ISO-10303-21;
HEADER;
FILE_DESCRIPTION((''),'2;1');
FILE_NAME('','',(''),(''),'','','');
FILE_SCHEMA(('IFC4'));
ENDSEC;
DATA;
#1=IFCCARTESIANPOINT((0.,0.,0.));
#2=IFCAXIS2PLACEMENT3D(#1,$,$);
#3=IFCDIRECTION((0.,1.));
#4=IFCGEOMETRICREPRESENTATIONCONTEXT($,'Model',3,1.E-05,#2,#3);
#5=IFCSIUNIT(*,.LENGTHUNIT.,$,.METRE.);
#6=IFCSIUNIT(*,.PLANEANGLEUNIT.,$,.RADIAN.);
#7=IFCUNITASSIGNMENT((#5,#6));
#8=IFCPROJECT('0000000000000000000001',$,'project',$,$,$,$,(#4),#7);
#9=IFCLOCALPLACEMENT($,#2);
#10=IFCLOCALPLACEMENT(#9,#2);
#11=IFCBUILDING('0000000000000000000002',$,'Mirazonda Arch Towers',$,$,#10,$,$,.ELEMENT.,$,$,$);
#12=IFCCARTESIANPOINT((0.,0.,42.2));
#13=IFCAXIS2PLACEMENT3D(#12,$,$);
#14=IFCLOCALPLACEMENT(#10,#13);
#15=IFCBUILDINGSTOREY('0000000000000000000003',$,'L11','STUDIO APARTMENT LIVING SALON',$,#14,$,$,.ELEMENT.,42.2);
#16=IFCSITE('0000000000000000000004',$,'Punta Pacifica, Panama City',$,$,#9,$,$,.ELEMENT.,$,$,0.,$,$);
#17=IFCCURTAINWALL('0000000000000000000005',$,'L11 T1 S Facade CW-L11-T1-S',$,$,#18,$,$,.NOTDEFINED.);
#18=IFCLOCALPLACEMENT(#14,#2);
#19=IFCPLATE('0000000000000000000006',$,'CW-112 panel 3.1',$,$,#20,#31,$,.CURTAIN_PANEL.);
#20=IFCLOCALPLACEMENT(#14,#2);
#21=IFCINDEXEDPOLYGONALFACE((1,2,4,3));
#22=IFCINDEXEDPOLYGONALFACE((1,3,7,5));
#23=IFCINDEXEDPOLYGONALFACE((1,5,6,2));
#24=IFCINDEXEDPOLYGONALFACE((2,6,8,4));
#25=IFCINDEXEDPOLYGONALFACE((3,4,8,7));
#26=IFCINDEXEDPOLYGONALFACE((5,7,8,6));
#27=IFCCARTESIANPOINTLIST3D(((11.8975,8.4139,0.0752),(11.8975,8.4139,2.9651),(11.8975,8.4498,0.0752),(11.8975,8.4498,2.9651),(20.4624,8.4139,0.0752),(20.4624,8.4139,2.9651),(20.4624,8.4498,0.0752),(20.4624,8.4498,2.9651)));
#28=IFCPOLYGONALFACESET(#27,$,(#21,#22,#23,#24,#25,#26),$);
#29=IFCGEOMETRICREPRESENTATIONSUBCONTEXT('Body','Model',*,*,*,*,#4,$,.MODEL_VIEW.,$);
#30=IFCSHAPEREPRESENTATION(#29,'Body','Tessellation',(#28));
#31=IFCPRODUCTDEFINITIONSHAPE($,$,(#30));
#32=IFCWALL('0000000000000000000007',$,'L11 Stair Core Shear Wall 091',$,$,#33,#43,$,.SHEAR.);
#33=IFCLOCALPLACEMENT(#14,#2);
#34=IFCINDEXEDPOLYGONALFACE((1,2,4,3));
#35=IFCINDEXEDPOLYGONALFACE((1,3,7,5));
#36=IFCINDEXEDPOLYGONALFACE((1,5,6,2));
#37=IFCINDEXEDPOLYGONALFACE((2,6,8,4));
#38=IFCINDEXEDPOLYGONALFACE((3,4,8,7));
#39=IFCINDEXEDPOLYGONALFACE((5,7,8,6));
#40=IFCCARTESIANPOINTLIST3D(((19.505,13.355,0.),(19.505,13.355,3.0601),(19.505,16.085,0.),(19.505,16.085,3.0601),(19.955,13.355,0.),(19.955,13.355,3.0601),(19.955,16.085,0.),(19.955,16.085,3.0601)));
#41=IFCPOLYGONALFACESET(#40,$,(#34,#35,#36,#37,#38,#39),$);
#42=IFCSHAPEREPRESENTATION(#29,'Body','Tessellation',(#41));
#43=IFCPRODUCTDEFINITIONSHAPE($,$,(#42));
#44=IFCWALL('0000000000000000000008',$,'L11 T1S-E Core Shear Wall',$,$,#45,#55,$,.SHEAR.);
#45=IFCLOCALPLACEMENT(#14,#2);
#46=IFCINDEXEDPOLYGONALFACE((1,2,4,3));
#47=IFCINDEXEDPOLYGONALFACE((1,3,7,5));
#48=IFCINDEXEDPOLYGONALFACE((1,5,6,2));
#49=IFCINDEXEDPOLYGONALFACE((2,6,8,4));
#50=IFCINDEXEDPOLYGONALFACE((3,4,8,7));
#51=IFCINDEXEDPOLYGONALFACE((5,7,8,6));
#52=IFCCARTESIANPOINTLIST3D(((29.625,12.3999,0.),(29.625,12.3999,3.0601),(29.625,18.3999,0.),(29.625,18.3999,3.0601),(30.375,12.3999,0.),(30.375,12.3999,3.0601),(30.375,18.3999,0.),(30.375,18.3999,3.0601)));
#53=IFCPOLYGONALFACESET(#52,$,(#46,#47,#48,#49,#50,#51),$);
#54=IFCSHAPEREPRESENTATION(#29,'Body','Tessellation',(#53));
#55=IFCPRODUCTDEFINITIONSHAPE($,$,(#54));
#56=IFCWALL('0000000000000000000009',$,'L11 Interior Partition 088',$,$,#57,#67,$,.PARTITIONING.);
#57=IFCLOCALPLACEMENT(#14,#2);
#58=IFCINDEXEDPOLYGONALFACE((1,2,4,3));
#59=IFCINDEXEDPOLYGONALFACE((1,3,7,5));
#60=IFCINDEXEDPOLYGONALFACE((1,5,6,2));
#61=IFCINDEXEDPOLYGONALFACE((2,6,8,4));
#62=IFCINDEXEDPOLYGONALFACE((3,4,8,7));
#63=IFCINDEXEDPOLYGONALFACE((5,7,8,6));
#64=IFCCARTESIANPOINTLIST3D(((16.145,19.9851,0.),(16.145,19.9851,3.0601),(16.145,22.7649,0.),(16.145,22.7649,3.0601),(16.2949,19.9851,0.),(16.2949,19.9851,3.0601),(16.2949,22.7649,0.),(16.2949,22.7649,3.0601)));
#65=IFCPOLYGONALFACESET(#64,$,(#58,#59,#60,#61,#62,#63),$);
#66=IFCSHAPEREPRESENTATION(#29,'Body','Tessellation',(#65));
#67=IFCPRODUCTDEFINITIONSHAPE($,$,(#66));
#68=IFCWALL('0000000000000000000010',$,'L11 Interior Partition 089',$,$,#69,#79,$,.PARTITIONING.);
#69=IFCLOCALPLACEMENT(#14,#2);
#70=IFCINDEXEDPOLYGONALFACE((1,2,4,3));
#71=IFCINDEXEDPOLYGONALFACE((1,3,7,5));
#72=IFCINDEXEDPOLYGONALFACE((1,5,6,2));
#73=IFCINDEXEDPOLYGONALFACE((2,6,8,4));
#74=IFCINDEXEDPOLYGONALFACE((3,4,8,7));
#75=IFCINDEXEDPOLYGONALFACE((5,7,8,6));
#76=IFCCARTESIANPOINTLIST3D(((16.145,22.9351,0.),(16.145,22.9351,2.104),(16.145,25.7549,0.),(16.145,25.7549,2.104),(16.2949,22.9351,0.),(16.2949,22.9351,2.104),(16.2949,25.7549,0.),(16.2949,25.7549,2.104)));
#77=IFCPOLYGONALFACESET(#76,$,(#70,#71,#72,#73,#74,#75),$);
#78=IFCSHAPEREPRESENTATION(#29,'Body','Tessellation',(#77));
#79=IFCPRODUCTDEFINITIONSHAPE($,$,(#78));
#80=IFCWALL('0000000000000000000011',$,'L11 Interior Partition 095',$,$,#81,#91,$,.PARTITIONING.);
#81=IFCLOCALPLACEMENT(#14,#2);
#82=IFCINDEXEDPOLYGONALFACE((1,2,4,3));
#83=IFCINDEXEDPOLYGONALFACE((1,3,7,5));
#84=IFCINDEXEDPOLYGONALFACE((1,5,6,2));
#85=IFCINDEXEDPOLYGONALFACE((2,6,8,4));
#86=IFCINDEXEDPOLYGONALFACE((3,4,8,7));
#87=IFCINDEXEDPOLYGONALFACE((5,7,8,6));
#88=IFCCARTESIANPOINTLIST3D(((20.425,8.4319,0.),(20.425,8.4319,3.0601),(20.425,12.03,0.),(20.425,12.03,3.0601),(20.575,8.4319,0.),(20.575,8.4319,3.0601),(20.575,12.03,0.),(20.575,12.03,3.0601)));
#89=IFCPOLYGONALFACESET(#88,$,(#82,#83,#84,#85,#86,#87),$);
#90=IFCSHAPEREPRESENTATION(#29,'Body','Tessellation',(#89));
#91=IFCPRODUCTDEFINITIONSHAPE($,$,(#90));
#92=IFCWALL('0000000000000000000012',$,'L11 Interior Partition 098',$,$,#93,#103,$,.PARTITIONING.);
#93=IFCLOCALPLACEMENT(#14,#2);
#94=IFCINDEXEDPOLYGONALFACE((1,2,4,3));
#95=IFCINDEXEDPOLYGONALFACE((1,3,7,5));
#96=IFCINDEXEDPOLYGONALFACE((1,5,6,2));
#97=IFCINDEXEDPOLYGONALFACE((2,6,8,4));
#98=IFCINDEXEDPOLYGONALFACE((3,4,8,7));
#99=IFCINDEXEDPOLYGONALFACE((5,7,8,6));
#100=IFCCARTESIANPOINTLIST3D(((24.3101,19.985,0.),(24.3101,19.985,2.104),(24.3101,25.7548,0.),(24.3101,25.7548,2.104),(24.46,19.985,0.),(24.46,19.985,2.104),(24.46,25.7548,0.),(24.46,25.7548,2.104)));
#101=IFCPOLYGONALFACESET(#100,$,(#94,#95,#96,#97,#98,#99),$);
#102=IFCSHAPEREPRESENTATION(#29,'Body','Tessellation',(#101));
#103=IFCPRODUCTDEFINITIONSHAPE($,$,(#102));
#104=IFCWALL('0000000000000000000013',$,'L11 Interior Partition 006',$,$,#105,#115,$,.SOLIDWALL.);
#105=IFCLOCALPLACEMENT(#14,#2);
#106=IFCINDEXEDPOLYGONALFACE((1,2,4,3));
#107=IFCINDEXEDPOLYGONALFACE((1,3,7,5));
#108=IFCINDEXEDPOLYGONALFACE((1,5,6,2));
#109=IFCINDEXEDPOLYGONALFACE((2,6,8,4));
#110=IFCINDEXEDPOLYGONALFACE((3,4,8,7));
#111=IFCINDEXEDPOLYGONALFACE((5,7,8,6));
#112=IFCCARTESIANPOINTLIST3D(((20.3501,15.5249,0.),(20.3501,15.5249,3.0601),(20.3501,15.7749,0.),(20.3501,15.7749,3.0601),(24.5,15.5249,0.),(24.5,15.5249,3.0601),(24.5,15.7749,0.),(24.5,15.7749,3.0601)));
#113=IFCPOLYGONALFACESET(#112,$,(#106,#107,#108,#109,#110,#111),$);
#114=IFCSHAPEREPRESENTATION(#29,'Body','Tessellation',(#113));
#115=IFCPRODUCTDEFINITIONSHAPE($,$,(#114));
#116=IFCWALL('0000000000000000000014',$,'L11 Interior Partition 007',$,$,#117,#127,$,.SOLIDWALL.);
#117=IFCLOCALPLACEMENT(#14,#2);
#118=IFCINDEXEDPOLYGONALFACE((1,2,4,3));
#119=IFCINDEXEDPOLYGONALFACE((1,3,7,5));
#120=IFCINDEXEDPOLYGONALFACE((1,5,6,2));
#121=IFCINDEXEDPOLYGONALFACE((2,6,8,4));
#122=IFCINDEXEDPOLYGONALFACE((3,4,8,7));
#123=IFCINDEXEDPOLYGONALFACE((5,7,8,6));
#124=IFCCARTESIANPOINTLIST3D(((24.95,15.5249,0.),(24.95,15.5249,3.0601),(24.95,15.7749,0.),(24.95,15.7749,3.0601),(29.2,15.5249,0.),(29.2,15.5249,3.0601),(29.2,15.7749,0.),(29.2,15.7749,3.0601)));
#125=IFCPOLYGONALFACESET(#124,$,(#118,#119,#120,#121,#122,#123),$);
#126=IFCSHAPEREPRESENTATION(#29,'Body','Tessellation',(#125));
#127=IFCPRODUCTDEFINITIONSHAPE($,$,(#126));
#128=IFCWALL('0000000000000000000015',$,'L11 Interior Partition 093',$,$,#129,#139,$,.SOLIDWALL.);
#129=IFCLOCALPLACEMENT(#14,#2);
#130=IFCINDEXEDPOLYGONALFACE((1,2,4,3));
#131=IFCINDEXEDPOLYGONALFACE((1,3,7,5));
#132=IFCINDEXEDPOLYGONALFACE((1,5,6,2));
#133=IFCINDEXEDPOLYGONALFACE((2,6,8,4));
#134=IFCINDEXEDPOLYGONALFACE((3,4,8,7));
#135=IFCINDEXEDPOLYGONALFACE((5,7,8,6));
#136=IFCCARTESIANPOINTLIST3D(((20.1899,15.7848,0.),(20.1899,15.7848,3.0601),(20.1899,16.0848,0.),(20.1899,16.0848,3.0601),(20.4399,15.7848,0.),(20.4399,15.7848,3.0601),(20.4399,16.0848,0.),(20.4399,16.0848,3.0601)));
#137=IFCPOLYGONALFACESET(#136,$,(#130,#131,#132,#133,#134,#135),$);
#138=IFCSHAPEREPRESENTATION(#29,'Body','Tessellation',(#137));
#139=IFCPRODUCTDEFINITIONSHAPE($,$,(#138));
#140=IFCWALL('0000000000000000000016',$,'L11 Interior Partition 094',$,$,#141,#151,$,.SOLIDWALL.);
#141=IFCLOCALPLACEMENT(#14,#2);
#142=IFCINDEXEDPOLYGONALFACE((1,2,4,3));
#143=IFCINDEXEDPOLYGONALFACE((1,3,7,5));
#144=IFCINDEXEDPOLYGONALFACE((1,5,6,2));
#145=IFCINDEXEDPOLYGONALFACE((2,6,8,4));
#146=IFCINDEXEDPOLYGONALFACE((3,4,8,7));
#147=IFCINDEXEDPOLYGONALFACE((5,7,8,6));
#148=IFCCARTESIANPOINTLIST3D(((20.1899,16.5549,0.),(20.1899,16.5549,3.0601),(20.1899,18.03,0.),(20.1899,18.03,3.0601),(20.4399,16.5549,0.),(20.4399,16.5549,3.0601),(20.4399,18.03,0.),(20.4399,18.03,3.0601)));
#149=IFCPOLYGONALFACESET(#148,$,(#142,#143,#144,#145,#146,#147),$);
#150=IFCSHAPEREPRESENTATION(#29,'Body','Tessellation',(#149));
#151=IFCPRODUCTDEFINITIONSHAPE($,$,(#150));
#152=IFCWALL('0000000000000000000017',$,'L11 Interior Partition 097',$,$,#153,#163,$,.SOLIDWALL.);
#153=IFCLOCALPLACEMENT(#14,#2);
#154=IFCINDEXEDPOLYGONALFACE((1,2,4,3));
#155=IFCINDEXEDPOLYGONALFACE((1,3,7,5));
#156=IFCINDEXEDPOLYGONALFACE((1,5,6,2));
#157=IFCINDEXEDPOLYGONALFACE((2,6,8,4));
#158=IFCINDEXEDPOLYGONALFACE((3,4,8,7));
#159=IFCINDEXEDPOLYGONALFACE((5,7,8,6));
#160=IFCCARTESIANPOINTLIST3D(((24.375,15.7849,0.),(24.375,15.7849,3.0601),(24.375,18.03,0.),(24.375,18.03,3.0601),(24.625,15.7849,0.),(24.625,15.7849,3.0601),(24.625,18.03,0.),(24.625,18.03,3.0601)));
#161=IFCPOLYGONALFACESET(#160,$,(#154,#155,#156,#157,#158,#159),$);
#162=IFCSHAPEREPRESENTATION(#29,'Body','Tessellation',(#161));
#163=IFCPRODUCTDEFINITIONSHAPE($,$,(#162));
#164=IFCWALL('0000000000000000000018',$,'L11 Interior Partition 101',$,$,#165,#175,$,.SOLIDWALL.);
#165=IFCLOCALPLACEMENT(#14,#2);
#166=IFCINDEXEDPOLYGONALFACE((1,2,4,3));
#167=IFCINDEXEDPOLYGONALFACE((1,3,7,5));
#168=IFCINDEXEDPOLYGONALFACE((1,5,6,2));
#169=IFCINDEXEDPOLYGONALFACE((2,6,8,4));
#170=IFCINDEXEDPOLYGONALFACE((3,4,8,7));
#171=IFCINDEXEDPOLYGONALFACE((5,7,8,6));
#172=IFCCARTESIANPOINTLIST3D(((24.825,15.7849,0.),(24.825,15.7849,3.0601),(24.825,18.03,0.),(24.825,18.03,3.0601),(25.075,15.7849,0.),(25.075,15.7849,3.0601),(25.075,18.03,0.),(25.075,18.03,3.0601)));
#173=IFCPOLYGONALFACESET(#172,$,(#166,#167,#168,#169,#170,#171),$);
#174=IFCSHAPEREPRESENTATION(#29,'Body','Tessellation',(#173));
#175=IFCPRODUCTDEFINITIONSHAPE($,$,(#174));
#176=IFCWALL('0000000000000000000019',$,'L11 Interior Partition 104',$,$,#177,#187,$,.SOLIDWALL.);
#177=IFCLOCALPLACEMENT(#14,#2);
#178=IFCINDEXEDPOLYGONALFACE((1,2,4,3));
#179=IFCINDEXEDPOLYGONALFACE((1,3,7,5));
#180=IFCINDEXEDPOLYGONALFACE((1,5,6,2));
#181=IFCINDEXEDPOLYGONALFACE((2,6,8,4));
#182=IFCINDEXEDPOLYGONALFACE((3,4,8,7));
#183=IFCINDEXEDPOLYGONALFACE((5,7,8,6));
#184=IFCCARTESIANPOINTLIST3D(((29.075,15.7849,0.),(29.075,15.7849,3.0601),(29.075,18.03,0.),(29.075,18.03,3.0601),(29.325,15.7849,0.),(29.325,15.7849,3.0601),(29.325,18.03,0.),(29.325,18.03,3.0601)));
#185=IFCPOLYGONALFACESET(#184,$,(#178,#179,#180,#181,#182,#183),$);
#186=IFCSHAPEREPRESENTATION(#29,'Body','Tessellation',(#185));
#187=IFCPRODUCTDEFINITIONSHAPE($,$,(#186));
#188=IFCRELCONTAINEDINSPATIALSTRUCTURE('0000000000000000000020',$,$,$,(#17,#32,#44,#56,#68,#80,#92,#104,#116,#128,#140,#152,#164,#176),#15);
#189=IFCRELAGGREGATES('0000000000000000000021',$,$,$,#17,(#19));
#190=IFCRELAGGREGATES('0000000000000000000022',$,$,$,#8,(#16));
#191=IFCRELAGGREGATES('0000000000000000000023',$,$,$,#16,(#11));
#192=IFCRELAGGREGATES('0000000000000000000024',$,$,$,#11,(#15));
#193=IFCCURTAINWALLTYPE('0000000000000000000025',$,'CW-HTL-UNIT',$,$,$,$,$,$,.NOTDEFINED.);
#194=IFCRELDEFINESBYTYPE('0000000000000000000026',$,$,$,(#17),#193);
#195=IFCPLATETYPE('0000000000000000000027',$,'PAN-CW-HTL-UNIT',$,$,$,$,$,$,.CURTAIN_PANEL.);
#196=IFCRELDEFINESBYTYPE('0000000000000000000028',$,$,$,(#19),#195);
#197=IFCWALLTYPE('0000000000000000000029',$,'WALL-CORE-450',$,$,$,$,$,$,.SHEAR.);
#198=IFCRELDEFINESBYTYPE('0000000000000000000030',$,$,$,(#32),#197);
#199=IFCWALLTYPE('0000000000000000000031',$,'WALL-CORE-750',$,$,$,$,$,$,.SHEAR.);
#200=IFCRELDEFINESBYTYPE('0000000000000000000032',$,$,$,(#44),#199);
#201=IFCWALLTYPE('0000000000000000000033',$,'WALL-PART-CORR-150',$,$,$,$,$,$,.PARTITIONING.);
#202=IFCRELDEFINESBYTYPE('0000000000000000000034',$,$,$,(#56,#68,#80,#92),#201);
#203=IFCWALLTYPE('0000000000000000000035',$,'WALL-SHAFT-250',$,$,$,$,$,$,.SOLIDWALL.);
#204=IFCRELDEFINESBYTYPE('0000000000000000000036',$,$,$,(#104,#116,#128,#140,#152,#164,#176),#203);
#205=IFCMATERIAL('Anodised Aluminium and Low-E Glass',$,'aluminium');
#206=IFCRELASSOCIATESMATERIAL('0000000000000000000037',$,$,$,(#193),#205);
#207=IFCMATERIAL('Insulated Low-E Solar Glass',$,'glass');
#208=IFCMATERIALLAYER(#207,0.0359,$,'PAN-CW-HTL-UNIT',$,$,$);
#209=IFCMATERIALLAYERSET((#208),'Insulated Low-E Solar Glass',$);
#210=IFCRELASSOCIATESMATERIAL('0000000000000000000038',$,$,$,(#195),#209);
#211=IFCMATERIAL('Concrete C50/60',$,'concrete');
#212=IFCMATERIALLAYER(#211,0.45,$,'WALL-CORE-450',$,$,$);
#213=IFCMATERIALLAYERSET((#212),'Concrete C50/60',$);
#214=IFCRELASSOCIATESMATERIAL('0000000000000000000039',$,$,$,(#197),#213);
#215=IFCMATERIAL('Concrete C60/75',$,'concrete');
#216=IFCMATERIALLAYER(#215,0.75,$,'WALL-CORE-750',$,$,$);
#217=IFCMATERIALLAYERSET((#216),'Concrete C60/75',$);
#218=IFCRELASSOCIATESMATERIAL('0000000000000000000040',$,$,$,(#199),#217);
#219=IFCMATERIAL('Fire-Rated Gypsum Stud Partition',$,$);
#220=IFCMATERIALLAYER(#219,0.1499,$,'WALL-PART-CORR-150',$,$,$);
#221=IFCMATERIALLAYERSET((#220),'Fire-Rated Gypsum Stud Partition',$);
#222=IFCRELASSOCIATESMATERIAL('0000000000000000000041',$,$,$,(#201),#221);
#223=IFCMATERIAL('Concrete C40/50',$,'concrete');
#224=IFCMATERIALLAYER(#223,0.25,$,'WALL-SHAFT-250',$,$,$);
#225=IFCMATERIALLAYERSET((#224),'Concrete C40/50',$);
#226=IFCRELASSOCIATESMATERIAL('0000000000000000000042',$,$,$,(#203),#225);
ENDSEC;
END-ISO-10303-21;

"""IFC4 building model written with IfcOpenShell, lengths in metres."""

from ifc_helpers import new_model, si_unit, direction, frame, frame_2d, origin, origin_2d, place, context, subcontext, project, spatial, rectangle, extrude, material, layer, layer_set, type_object, element, aggregate, save


model = new_model("IFC4")

# Units and contexts
model_context = context("Model", 3, precision=1e-05, world=origin(), true_north=direction((0.0, 1.0)))
body_context = subcontext(model_context, "Body", "Model", "MODEL_VIEW")
ifc_project = project(units=[si_unit("LENGTHUNIT", "METRE"), si_unit("PLANEANGLEUNIT", "RADIAN")], contexts=[model_context])

# Site, building, storey
site_placement = place(None, origin())
site = spatial("IfcSite", under=ifc_project, at=site_placement, Name="Punta Pacifica, Panama City", CompositionType="ELEMENT", RefElevation=0.0)
building_placement = place(site_placement, origin())
building = spatial("IfcBuilding", under=site, at=building_placement, Name="Mirazonda Arch Towers", CompositionType="ELEMENT")
storey_placement = place(building_placement, frame((0.0, 0.0, 42.2)))
storey = spatial("IfcBuildingStorey", under=building, at=storey_placement, Name="L11", Description="STUDIO APARTMENT LIVING SALON", CompositionType="ELEMENT", Elevation=42.2)

# Shared definitions
ifc_material_1 = material(Name="Concrete C60/75", Category="concrete")

# Curtain wall, plate
ifc_material_2 = material(Name="Anodised Aluminium and Low-E Glass", Category="aluminium")
curtain_wall_type = type_object("IfcCurtainWallType", Name="CW-HTL-UNIT", PredefinedType="NOTDEFINED", material=ifc_material_2)
curtain_wall_placement = place(storey_placement, origin())
curtain_wall = element("IfcCurtainWall", 1, at=curtain_wall_placement, inside=storey, type_object=curtain_wall_type, Name="L11 T1 S Facade CW-L11-T1-S", PredefinedType="NOTDEFINED")
ifc_material_3 = material(Name="Insulated Low-E Solar Glass", Category="glass")
ifc_layer_1 = layer(ifc_material_3, 0.0359, Name="PAN-CW-HTL-UNIT")
ifc_layer_set_1 = layer_set([ifc_layer_1], Name="Insulated Low-E Solar Glass")
plate_type = type_object("IfcPlateType", Name="PAN-CW-HTL-UNIT", PredefinedType="CURTAIN_PANEL", material=ifc_layer_set_1)
plate_1_placement = place(storey_placement, frame((16.1799, 8.4319, 0.0752), z_axis=(0.0, 0.0, 1.0), x_axis=(-1.0, 0.0, 0.0)))
plate_1 = element("IfcPlate", 2, at=plate_1_placement, type_object=plate_type, Name="CW-112 panel 3.1", PredefinedType="CURTAIN_PANEL", context=body_context, shape_type="SweptSolid", body=[
    extrude(rectangle(XDim=8.5649, YDim=0.0359, at=origin_2d()), origin(), (0.0, 0.0, 1.0), 2.8899),
])
aggregate(curtain_wall, [plate_1])

# Walls
ifc_material_4 = material(Name="Concrete C50/60", Category="concrete")
ifc_layer_2 = layer(ifc_material_4, 0.45, Name="WALL-CORE-450")
ifc_layer_set_2 = layer_set([ifc_layer_2], Name="Concrete C50/60")
wall_type_1 = type_object("IfcWallType", Name="WALL-CORE-450", PredefinedType="SHEAR", material=ifc_layer_set_2)
wall_1_placement = place(storey_placement, frame((19.73, 13.355, 0.0), z_axis=(0.0, 0.0, 1.0), x_axis=(0.0, 1.0, 0.0)))
element("IfcWall", 3, at=wall_1_placement, inside=storey, type_object=wall_type_1, Name="L11 Stair Core Shear Wall 091", PredefinedType="SHEAR", context=body_context, shape_type="SweptSolid", body=[
    extrude(rectangle(XDim=2.73, YDim=0.45, at=frame_2d((1.365, 0.0))), origin(), (0.0, 0.0, 1.0), 3.0601),
])
ifc_layer_3 = layer(ifc_material_1, 0.75, Name="WALL-CORE-750")
ifc_layer_set_3 = layer_set([ifc_layer_3], Name="Concrete C60/75")
wall_type_2 = type_object("IfcWallType", Name="WALL-CORE-750", PredefinedType="SHEAR", material=ifc_layer_set_3)
wall_2_placement = place(storey_placement, frame((30.0, 12.3999, 0.0), z_axis=(0.0, 0.0, 1.0), x_axis=(0.0, 1.0, 0.0)))
element("IfcWall", 4, at=wall_2_placement, inside=storey, type_object=wall_type_2, Name="L11 T1S-E Core Shear Wall", PredefinedType="SHEAR", context=body_context, shape_type="SweptSolid", body=[
    extrude(rectangle(XDim=6.0, YDim=0.75, at=frame_2d((3.0, 0.0))), origin(), (0.0, 0.0, 1.0), 3.0601),
])
ifc_material_5 = material(Name="Fire-Rated Gypsum Stud Partition")
ifc_layer_4 = layer(ifc_material_5, 0.1499, Name="WALL-PART-CORR-150")
ifc_layer_set_4 = layer_set([ifc_layer_4], Name="Fire-Rated Gypsum Stud Partition")
wall_type_3 = type_object("IfcWallType", Name="WALL-PART-CORR-150", PredefinedType="PARTITIONING", material=ifc_layer_set_4)
wall_3_placement = place(storey_placement, frame((16.22, 19.9851, 0.0), z_axis=(0.0, 0.0, 1.0), x_axis=(0.0, 1.0, 0.0)))
element("IfcWall", 5, at=wall_3_placement, inside=storey, type_object=wall_type_3, Name="L11 Interior Partition 088", PredefinedType="PARTITIONING", context=body_context, shape_type="SweptSolid", body=[
    extrude(rectangle(XDim=2.7798, YDim=0.1499, at=frame_2d((1.3899, 0.0))), origin(), (0.0, 0.0, 1.0), 3.0601),
])
wall_4_placement = place(storey_placement, frame((16.22, 22.9351, 0.0), z_axis=(0.0, 0.0, 1.0), x_axis=(0.0, 1.0, 0.0)))
element("IfcWall", 6, at=wall_4_placement, inside=storey, type_object=wall_type_3, Name="L11 Interior Partition 089", PredefinedType="PARTITIONING", context=body_context, shape_type="SweptSolid", body=[
    extrude(rectangle(XDim=2.8198, YDim=0.1499, at=frame_2d((1.4099, 0.0))), origin(), (0.0, 0.0, 1.0), 2.104),
])
wall_5_placement = place(storey_placement, frame((20.5, 8.4319, 0.0), z_axis=(0.0, 0.0, 1.0), x_axis=(0.0, 1.0, 0.0)))
element("IfcWall", 7, at=wall_5_placement, inside=storey, type_object=wall_type_3, Name="L11 Interior Partition 095", PredefinedType="PARTITIONING", context=body_context, shape_type="SweptSolid", body=[
    extrude(rectangle(XDim=3.5981, YDim=0.1499, at=frame_2d((1.7991, 0.0))), origin(), (0.0, 0.0, 1.0), 3.0601),
])
wall_6_placement = place(storey_placement, frame((24.385, 19.9851, 0.0), z_axis=(0.0, 0.0, 1.0), x_axis=(0.0, 1.0, 0.0)))
element("IfcWall", 8, at=wall_6_placement, inside=storey, type_object=wall_type_3, Name="L11 Interior Partition 098", PredefinedType="PARTITIONING", context=body_context, shape_type="SweptSolid", body=[
    extrude(rectangle(XDim=5.7698, YDim=0.1499, at=frame_2d((2.8848, 0.0))), origin(), (0.0, 0.0, 1.0), 2.104),
])
ifc_material_6 = material(Name="Concrete C40/50", Category="concrete")
ifc_layer_5 = layer(ifc_material_6, 0.25, Name="WALL-SHAFT-250")
ifc_layer_set_5 = layer_set([ifc_layer_5], Name="Concrete C40/50")
wall_type_4 = type_object("IfcWallType", Name="WALL-SHAFT-250", PredefinedType="SOLIDWALL", material=ifc_layer_set_5)
wall_7_placement = place(storey_placement, frame((20.3501, 15.6499, 0.0), z_axis=(0.0, 0.0, 1.0), x_axis=(1.0, 0.0, 0.0)))
element("IfcWall", 9, at=wall_7_placement, inside=storey, type_object=wall_type_4, Name="L11 Interior Partition 006", PredefinedType="SOLIDWALL", context=body_context, shape_type="SweptSolid", body=[
    extrude(rectangle(XDim=4.1499, YDim=0.25, at=frame_2d((2.075, 0.0))), origin(), (0.0, 0.0, 1.0), 3.0601),
])
wall_8_placement = place(storey_placement, frame((24.95, 15.6499, 0.0), z_axis=(0.0, 0.0, 1.0), x_axis=(1.0, 0.0, 0.0)))
element("IfcWall", 10, at=wall_8_placement, inside=storey, type_object=wall_type_4, Name="L11 Interior Partition 007", PredefinedType="SOLIDWALL", context=body_context, shape_type="SweptSolid", body=[
    extrude(rectangle(XDim=4.25, YDim=0.25, at=frame_2d((2.125, 0.0))), origin(), (0.0, 0.0, 1.0), 3.0601),
])
wall_9_placement = place(storey_placement, frame((20.3149, 15.7849, 0.0), z_axis=(0.0, 0.0, 1.0), x_axis=(0.0, 1.0, 0.0)))
element("IfcWall", 11, at=wall_9_placement, inside=storey, type_object=wall_type_4, Name="L11 Interior Partition 093", PredefinedType="SOLIDWALL", context=body_context, shape_type="SweptSolid", body=[
    extrude(rectangle(XDim=0.3, YDim=0.25, at=frame_2d((0.1499, 0.0))), origin(), (0.0, 0.0, 1.0), 3.0601),
])
wall_10_placement = place(storey_placement, frame((20.3149, 16.5549, 0.0), z_axis=(0.0, 0.0, 1.0), x_axis=(0.0, 1.0, 0.0)))
element("IfcWall", 12, at=wall_10_placement, inside=storey, type_object=wall_type_4, Name="L11 Interior Partition 094", PredefinedType="SOLIDWALL", context=body_context, shape_type="SweptSolid", body=[
    extrude(rectangle(XDim=1.4751, YDim=0.25, at=frame_2d((0.7375, 0.0))), origin(), (0.0, 0.0, 1.0), 3.0601),
])
for number, where, z_axis, x_axis, name in (
    (13, (24.5, 15.7849, 0.0), (0.0, 0.0, 1.0), (0.0, 1.0, 0.0), "L11 Interior Partition 097"),
    (14, (24.95, 15.7849, 0.0), (0.0, 0.0, 1.0), (0.0, 1.0, 0.0), "L11 Interior Partition 101"),
    (15, (29.2, 15.7849, 0.0), (0.0, 0.0, 1.0), (0.0, 1.0, 0.0), "L11 Interior Partition 104"),
):
    element("IfcWall", number, at=place(storey_placement, frame(where, z_axis=z_axis, x_axis=x_axis)), inside=storey, type_object=wall_type_4, Name=name, PredefinedType="SOLIDWALL", context=body_context, shape_type="SweptSolid", body=[
        extrude(rectangle(XDim=2.2451, YDim=0.25, at=frame_2d((1.1226, 0.0))), origin(), (0.0, 0.0, 1.0), 3.0601),
    ])

save(model, "model.ifc")
